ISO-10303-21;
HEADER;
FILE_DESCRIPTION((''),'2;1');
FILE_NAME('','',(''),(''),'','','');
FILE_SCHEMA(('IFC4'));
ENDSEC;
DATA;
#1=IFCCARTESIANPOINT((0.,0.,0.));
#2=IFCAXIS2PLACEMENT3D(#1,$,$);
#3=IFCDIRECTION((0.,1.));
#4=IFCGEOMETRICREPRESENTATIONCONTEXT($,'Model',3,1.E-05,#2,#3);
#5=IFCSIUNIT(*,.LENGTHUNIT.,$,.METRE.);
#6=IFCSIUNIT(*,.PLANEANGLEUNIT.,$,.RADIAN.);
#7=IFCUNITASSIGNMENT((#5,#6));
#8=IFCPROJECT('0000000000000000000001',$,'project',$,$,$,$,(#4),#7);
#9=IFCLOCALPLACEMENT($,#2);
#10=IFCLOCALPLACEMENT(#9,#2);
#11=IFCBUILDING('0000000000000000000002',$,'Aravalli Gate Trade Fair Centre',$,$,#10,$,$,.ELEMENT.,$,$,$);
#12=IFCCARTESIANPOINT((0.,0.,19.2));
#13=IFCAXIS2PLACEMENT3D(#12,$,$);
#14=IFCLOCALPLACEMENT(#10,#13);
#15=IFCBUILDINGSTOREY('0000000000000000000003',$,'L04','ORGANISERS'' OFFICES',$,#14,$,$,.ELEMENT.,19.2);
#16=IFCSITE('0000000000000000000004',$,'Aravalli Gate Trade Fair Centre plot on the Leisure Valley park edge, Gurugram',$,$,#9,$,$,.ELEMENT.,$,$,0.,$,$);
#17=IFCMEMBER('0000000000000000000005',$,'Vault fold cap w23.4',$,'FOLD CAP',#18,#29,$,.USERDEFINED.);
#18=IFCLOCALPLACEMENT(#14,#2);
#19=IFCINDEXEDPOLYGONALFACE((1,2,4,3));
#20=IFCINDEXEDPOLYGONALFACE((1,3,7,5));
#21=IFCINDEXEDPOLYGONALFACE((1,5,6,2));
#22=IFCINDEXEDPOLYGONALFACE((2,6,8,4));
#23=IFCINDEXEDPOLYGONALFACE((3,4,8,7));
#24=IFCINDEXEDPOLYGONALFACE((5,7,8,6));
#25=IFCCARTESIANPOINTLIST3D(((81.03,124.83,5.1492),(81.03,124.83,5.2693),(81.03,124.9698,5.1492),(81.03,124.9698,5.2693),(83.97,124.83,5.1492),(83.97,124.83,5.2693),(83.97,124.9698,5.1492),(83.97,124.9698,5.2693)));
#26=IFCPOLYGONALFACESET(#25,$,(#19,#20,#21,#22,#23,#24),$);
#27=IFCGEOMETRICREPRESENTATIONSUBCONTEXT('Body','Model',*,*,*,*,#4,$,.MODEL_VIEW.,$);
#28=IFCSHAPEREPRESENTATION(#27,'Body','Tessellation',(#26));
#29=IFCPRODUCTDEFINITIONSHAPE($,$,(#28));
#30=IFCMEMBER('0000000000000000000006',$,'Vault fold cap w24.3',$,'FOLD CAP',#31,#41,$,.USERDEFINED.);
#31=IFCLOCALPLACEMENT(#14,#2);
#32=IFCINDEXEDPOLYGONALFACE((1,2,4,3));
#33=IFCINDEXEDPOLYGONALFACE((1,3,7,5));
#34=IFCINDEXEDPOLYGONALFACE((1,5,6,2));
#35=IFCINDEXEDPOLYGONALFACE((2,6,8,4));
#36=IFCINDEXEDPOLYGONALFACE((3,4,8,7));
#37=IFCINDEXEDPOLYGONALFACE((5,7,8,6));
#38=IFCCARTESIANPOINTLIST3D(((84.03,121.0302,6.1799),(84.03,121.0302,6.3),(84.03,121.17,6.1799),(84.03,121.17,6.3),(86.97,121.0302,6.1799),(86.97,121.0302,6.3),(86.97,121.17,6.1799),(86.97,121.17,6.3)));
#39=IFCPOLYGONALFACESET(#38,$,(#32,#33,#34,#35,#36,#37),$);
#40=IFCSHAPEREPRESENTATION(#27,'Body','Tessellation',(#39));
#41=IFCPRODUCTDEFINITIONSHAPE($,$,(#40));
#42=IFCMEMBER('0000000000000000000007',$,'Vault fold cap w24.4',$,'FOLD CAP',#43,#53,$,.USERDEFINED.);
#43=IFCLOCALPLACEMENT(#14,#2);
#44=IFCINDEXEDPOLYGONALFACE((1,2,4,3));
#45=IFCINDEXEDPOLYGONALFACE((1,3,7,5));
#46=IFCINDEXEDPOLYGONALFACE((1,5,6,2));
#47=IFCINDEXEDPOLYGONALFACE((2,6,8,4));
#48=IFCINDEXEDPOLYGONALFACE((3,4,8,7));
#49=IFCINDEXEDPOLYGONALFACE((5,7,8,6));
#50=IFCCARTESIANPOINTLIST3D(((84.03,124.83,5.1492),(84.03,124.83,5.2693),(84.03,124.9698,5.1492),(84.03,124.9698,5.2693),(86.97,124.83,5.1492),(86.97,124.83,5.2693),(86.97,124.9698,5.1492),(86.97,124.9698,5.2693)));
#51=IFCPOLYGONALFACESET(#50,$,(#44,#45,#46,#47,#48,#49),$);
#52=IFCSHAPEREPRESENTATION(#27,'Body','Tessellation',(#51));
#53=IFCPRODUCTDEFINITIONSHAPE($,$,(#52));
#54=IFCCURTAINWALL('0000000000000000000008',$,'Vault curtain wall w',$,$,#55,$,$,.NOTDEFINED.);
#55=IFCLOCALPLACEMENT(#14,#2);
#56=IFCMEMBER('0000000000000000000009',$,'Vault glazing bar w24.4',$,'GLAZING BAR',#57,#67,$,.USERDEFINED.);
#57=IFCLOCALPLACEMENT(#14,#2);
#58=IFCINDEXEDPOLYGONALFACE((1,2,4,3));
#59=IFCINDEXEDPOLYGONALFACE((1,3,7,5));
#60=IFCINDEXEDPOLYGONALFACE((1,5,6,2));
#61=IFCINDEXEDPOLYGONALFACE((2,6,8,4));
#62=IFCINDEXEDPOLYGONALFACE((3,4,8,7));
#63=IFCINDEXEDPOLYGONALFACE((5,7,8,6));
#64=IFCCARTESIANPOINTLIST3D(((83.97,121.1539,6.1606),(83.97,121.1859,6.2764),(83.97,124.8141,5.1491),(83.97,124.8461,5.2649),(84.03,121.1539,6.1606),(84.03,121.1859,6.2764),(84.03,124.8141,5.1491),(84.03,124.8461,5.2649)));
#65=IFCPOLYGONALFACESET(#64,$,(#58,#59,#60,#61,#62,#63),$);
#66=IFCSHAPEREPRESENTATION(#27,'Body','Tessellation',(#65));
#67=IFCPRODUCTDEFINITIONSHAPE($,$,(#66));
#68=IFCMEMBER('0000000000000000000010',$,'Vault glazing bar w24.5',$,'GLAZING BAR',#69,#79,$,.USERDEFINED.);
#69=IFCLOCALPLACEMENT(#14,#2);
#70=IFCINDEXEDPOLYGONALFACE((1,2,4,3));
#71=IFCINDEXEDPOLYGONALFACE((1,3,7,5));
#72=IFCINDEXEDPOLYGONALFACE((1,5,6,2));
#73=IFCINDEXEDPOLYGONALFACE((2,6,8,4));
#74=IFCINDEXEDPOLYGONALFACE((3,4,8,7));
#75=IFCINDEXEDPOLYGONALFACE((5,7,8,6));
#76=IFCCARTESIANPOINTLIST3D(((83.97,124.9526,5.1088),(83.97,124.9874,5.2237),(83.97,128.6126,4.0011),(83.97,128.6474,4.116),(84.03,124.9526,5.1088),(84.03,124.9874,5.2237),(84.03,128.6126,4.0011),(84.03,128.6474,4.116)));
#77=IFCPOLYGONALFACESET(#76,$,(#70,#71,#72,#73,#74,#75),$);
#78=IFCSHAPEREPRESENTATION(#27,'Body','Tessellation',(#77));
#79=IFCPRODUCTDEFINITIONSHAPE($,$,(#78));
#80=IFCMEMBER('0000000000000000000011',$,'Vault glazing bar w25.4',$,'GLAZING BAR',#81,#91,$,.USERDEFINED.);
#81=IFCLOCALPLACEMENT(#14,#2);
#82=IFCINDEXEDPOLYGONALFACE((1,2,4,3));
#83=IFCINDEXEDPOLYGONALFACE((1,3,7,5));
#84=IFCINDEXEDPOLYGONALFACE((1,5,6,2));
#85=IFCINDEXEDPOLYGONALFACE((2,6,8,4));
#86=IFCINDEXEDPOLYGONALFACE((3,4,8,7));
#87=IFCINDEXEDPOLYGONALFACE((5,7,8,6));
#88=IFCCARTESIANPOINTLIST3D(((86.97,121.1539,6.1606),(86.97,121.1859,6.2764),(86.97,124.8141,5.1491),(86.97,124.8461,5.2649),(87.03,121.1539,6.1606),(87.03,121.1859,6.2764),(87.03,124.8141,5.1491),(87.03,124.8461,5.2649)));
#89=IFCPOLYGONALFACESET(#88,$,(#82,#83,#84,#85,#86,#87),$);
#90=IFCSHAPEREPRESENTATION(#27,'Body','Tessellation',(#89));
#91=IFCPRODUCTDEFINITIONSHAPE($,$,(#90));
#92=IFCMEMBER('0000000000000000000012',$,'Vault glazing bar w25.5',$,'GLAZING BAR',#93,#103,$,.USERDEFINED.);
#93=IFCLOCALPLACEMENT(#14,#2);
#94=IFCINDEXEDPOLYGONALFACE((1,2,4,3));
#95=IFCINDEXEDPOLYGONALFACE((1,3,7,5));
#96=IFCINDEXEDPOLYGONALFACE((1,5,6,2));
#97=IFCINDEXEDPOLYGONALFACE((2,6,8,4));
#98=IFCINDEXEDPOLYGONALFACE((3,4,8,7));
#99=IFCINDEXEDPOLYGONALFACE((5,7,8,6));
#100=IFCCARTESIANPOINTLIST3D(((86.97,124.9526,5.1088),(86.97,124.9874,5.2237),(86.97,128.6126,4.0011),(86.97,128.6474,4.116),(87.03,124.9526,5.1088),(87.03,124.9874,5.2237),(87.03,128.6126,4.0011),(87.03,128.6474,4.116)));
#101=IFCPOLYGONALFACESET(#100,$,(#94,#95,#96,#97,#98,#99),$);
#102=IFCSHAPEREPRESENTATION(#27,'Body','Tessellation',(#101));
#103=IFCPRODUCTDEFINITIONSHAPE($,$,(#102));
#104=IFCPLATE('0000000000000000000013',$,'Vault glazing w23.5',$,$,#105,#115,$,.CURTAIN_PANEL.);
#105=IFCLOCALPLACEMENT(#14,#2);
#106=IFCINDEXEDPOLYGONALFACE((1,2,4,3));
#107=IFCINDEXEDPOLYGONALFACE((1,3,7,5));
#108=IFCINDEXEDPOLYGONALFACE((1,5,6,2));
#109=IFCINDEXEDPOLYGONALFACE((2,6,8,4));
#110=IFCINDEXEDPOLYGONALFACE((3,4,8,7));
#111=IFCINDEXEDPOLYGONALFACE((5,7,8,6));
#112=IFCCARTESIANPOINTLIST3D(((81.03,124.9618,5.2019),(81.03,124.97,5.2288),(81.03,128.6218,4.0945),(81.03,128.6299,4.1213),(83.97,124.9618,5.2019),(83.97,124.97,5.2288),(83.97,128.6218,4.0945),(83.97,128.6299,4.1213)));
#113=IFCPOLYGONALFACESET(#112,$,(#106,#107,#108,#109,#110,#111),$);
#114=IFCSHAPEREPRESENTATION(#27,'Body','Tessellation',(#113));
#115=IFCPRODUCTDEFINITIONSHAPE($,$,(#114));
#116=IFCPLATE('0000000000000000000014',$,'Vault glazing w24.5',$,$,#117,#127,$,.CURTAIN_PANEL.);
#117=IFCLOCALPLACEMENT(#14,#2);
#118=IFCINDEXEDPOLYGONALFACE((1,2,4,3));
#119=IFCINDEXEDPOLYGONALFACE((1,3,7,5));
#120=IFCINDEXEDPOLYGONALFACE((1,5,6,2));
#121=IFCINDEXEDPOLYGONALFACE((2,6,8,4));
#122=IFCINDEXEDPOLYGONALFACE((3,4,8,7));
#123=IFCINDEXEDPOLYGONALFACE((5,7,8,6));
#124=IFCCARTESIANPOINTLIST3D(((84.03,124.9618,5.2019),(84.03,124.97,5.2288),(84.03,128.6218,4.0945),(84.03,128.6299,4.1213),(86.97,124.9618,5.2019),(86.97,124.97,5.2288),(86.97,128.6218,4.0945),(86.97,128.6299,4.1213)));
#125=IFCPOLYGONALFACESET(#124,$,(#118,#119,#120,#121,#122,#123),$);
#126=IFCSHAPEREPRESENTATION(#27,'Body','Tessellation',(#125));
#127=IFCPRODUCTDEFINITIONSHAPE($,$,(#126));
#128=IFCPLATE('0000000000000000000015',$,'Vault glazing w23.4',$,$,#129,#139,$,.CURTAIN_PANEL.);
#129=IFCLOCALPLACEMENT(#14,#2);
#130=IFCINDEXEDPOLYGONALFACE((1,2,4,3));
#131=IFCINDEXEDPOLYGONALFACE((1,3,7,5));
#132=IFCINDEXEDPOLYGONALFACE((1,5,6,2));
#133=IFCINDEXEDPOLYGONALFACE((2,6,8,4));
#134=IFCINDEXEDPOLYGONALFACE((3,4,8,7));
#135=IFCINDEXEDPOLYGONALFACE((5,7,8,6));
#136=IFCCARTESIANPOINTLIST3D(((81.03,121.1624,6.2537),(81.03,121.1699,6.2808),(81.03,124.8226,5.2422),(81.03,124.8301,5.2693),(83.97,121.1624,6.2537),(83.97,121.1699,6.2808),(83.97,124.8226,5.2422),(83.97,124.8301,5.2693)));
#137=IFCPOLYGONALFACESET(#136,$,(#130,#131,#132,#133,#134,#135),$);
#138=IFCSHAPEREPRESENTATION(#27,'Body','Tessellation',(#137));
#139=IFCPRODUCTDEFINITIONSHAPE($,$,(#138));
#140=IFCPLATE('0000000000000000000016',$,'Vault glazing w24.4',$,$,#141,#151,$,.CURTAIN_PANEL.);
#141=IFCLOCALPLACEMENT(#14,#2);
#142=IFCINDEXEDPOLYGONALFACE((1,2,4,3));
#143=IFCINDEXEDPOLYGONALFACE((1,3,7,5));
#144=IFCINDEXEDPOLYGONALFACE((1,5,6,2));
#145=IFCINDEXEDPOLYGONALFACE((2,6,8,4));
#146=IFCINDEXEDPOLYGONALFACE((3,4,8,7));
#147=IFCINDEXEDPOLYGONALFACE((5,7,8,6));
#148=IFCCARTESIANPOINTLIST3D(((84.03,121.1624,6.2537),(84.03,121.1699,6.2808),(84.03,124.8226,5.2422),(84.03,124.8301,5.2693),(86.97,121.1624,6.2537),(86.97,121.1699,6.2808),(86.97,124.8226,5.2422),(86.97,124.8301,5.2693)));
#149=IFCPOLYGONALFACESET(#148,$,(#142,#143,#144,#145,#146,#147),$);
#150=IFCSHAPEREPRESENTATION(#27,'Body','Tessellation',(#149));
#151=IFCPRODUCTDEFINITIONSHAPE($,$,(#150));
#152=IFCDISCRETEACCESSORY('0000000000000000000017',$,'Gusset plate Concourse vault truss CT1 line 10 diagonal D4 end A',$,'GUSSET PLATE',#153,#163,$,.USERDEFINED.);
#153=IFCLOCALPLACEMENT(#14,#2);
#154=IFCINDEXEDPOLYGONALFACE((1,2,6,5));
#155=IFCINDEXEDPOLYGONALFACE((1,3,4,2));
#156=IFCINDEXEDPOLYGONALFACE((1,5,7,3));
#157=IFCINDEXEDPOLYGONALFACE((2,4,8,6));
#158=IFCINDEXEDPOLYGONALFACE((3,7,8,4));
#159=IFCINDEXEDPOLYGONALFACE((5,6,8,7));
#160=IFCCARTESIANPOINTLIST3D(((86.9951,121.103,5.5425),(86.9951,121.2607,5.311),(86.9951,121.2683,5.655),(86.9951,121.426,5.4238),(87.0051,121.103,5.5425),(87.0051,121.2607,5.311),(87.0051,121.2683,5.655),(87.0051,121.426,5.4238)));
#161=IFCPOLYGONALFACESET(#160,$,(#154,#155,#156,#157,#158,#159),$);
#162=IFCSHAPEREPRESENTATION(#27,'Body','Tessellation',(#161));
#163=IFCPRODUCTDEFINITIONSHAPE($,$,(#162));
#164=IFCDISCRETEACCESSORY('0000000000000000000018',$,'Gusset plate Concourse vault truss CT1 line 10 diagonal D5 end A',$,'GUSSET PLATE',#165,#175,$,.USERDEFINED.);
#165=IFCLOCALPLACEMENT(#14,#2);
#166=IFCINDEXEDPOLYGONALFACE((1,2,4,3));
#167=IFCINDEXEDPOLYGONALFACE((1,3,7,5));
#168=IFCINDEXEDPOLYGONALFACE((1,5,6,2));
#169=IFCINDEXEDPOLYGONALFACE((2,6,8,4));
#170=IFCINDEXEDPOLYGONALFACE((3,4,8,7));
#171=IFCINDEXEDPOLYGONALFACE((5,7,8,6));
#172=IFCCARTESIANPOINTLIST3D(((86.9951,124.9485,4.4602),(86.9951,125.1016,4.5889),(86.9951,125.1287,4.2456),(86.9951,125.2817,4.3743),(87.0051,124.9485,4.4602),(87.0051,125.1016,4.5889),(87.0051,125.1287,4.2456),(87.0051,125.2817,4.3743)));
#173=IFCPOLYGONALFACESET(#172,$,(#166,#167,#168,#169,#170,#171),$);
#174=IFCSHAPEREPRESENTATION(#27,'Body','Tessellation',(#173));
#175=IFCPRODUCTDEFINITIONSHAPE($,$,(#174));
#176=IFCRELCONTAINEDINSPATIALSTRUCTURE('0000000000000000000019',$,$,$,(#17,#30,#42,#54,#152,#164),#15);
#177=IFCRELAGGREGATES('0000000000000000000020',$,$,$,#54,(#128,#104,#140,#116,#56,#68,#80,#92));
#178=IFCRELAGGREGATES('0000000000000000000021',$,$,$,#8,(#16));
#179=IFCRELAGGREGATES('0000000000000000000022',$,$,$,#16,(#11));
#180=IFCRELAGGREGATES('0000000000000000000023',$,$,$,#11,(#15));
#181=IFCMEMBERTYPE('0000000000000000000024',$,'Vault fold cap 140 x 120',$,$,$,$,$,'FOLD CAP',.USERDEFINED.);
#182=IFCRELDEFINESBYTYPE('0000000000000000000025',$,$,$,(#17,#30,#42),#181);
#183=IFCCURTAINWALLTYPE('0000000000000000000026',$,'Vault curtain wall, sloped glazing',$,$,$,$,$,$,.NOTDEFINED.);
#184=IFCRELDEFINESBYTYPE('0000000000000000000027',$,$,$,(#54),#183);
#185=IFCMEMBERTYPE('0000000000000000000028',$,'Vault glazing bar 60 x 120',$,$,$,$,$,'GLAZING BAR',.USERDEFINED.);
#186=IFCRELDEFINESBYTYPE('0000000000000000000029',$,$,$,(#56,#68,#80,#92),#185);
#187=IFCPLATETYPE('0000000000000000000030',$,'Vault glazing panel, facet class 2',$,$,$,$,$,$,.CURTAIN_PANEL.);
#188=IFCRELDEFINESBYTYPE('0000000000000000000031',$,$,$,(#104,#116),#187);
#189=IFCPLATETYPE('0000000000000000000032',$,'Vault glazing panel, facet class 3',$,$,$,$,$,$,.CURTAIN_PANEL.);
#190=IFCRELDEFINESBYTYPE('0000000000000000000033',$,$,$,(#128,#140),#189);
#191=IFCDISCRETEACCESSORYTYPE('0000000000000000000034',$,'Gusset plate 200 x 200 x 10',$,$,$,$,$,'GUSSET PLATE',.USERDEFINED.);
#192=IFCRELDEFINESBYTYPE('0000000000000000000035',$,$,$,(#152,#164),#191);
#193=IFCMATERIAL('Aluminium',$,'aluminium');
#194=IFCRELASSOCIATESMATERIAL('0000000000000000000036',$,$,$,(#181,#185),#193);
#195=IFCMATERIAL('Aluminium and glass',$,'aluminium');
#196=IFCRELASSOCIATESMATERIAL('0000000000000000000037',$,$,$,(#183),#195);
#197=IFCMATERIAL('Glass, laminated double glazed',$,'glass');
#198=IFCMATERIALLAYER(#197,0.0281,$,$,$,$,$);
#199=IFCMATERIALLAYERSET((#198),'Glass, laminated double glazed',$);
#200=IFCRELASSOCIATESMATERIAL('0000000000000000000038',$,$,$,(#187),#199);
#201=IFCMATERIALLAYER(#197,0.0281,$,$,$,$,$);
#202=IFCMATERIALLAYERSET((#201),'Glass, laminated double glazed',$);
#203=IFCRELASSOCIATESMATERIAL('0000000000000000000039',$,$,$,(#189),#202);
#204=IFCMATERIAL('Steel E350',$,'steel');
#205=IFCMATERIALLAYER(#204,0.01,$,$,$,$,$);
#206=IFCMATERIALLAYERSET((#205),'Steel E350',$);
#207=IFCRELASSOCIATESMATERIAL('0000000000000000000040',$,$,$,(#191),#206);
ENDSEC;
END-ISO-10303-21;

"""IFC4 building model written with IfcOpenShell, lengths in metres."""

from ifc_helpers import new_model, si_unit, direction, frame, origin, origin_2d, place, context, subcontext, project, spatial, polyline, rectangle, outline, extrude, material, layer, layer_set, material_profile, profile_set, type_object, element, aggregate, save


model = new_model("IFC4")

# Units and contexts
model_context = context("Model", 3, precision=1e-05, world=origin(), true_north=direction((0.0, 1.0)))
body_context = subcontext(model_context, "Body", "Model", "MODEL_VIEW")
ifc_project = project(units=[si_unit("LENGTHUNIT", "METRE"), si_unit("PLANEANGLEUNIT", "RADIAN")], contexts=[model_context])

# Site, building, storey
site_placement = place(None, origin())
site = spatial("IfcSite", under=ifc_project, at=site_placement, Name="Aravalli Gate Trade Fair Centre plot on the Leisure Valley park edge, Gurugram", CompositionType="ELEMENT", RefElevation=0.0)
building_placement = place(site_placement, origin())
building = spatial("IfcBuilding", under=site, at=building_placement, Name="Aravalli Gate Trade Fair Centre", CompositionType="ELEMENT")
storey_placement = place(building_placement, frame((0.0, 0.0, 19.2)))
storey = spatial("IfcBuildingStorey", under=building, at=storey_placement, Name="L04", Description="ORGANISERS' OFFICES", CompositionType="ELEMENT", Elevation=19.2)

# Members
ifc_material_1 = material(Name="Steel E350", Category="steel")
ifc_material_2 = material(Name="Aluminium", Category="aluminium")
ifc_material_profile_1 = material_profile(ifc_material_2, rectangle(XDim=0.1399, YDim=0.1201, at=origin_2d()), Name="Vault fold cap 140 x 120")
ifc_profile_set_1 = profile_set([ifc_material_profile_1], Name="Aluminium")
member_type_1 = type_object("IfcMemberType", Name="Vault fold cap 140 x 120", ElementType="FOLD CAP", PredefinedType="USERDEFINED", material=ifc_profile_set_1)
for number, where, z_axis, x_axis, name in (
    (1, (81.03, 124.8999, 5.2092), (1.0, 0.0, 0.0), (0.0, 1.0, 0.0), "Vault fold cap w23.4"),
    (2, (84.03, 121.1001, 6.24), (1.0, 0.0, 0.0), (0.0, 1.0, 0.0), "Vault fold cap w24.3"),
    (3, (84.03, 124.8999, 5.2092), (1.0, 0.0, 0.0), (0.0, 1.0, 0.0), "Vault fold cap w24.4"),
):
    element("IfcMember", number, at=place(storey_placement, frame(where, z_axis=z_axis, x_axis=x_axis)), inside=storey, type_object=member_type_1, Name=name, ObjectType="FOLD CAP", PredefinedType="USERDEFINED", context=body_context, shape_type="SweptSolid", body=[
        extrude(rectangle(XDim=0.1399, YDim=0.1201, at=origin_2d()), origin(), (0.0, 0.0, 1.0), 2.9399),
    ])

# Curtain wall, members, plates
ifc_material_3 = material(Name="Aluminium and glass", Category="aluminium")
curtain_wall_type = type_object("IfcCurtainWallType", Name="Vault curtain wall, sloped glazing", PredefinedType="NOTDEFINED", material=ifc_material_3)
curtain_wall_placement = place(storey_placement, origin())
curtain_wall = element("IfcCurtainWall", 4, at=curtain_wall_placement, inside=storey, type_object=curtain_wall_type, Name="Vault curtain wall w", PredefinedType="NOTDEFINED")
ifc_material_profile_2 = material_profile(ifc_material_2, rectangle(XDim=0.0601, YDim=0.1201, at=origin_2d()), Name="Vault glazing bar 60 x 120")
ifc_profile_set_2 = profile_set([ifc_material_profile_2], Name="Aluminium")
member_type_2 = type_object("IfcMemberType", Name="Vault glazing bar 60 x 120", ElementType="GLAZING BAR", PredefinedType="USERDEFINED", material=ifc_profile_set_2)
member_1_placement = place(storey_placement, frame((84.0, 121.1699, 6.2185), z_axis=(0.0, 0.963873, -0.266364), x_axis=(-1.0, 0.0, 0.0)))
member_1 = element("IfcMember", 5, at=member_1_placement, type_object=member_type_2, Name="Vault glazing bar w24.4", ObjectType="GLAZING BAR", PredefinedType="USERDEFINED", context=body_context, shape_type="SweptSolid", body=[
    extrude(rectangle(XDim=0.0601, YDim=0.1201, at=origin_2d()), origin(), (0.0, 0.0, 1.0), 3.7974),
])
member_2_placement = place(storey_placement, frame((84.0, 124.97, 5.1663), z_axis=(0.0, 0.957126, -0.289672), x_axis=(-1.0, 0.0, 0.0)))
member_2 = element("IfcMember", 6, at=member_2_placement, type_object=member_type_2, Name="Vault glazing bar w24.5", ObjectType="GLAZING BAR", PredefinedType="USERDEFINED", context=body_context, shape_type="SweptSolid", body=[
    extrude(rectangle(XDim=0.0601, YDim=0.1201, at=origin_2d()), origin(), (0.0, 0.0, 1.0), 3.824),
])
member_3_placement = place(storey_placement, frame((87.0, 121.1699, 6.2185), z_axis=(0.0, 0.963873, -0.266364), x_axis=(-1.0, 0.0, 0.0)))
member_3 = element("IfcMember", 7, at=member_3_placement, type_object=member_type_2, Name="Vault glazing bar w25.4", ObjectType="GLAZING BAR", PredefinedType="USERDEFINED", context=body_context, shape_type="SweptSolid", body=[
    extrude(rectangle(XDim=0.0601, YDim=0.1201, at=origin_2d()), origin(), (0.0, 0.0, 1.0), 3.7974),
])
member_4_placement = place(storey_placement, frame((87.0, 124.97, 5.1663), z_axis=(0.0, 0.957126, -0.289672), x_axis=(-1.0, 0.0, 0.0)))
member_4 = element("IfcMember", 8, at=member_4_placement, type_object=member_type_2, Name="Vault glazing bar w25.5", ObjectType="GLAZING BAR", PredefinedType="USERDEFINED", context=body_context, shape_type="SweptSolid", body=[
    extrude(rectangle(XDim=0.0601, YDim=0.1201, at=origin_2d()), origin(), (0.0, 0.0, 1.0), 3.824),
])
ifc_material_4 = material(Name="Glass, laminated double glazed", Category="glass")
ifc_layer_1 = layer(ifc_material_4, 0.0281)
ifc_layer_set_1 = layer_set([ifc_layer_1], Name="Glass, laminated double glazed")
plate_type_1 = type_object("IfcPlateType", Name="Vault glazing panel, facet class 2", PredefinedType="CURTAIN_PANEL", material=ifc_layer_set_1)
plate_1_placement = place(storey_placement, frame((81.03, 124.97, 5.2288), z_axis=(0.0, 0.289614, 0.957144), x_axis=(1.0, 0.0, 0.0)))
plate_1 = element("IfcPlate", 9, at=plate_1_placement, type_object=plate_type_1, Name="Vault glazing w23.5", PredefinedType="CURTAIN_PANEL", context=body_context, shape_type="SweptSolid", body=[
    extrude(outline(polyline([(0.0, 0.0), (2.9399, 0.0), (2.9399, 3.8238), (0.0, 3.8238), (0.0, 0.0)])), origin(), (0.0, 0.0, -1.0), 0.0281),
])
plate_2_placement = place(storey_placement, frame((84.03, 124.97, 5.2288), z_axis=(0.0, 0.289614, 0.957144), x_axis=(1.0, 0.0, 0.0)))
plate_2 = element("IfcPlate", 10, at=plate_2_placement, type_object=plate_type_1, Name="Vault glazing w24.5", PredefinedType="CURTAIN_PANEL", context=body_context, shape_type="SweptSolid", body=[
    extrude(outline(polyline([(0.0, 0.0), (2.9399, 0.0), (2.9399, 3.8238), (0.0, 3.8238), (0.0, 0.0)])), origin(), (0.0, 0.0, -1.0), 0.0281),
])
ifc_layer_2 = layer(ifc_material_4, 0.0281)
ifc_layer_set_2 = layer_set([ifc_layer_2], Name="Glass, laminated double glazed")
plate_type_2 = type_object("IfcPlateType", Name="Vault glazing panel, facet class 3", PredefinedType="CURTAIN_PANEL", material=ifc_layer_set_2)
plate_3_placement = place(storey_placement, frame((81.03, 121.1699, 6.2808), z_axis=(0.0, 0.266364, 0.963873), x_axis=(1.0, 0.0, 0.0)))
plate_3 = element("IfcPlate", 11, at=plate_3_placement, type_object=plate_type_2, Name="Vault glazing w23.4", PredefinedType="CURTAIN_PANEL", context=body_context, shape_type="SweptSolid", body=[
    extrude(outline(polyline([(0.0, 0.0), (2.9399, 0.0), (2.9399, 3.7973), (0.0, 3.7973), (0.0, 0.0)])), origin(), (0.0, 0.0, -1.0), 0.0281),
])
plate_4_placement = place(storey_placement, frame((84.03, 121.1699, 6.2808), z_axis=(0.0, 0.266364, 0.963873), x_axis=(1.0, 0.0, 0.0)))
plate_4 = element("IfcPlate", 12, at=plate_4_placement, type_object=plate_type_2, Name="Vault glazing w24.4", PredefinedType="CURTAIN_PANEL", context=body_context, shape_type="SweptSolid", body=[
    extrude(outline(polyline([(0.0, 0.0), (2.9399, 0.0), (2.9399, 3.7973), (0.0, 3.7973), (0.0, 0.0)])), origin(), (0.0, 0.0, -1.0), 0.0281),
])
aggregate(curtain_wall, [plate_3, plate_1, plate_4, plate_2, member_1, member_2, member_3, member_4])

# Discrete accessories
ifc_layer_3 = layer(ifc_material_1, 0.01)
ifc_layer_set_3 = layer_set([ifc_layer_3], Name="Steel E350")
discrete_accessory_type = type_object("IfcDiscreteAccessoryType", Name="Gusset plate 200 x 200 x 10", ElementType="GUSSET PLATE", PredefinedType="USERDEFINED", material=ifc_layer_set_3)
discrete_accessory_1_placement = place(storey_placement, frame((86.9951, 121.2607, 5.311), z_axis=(-1.0, 0.0, 0.0), x_axis=(0.0, -0.56312, 0.826375)))
element("IfcDiscreteAccessory", 13, at=discrete_accessory_1_placement, inside=storey, type_object=discrete_accessory_type, Name="Gusset plate Concourse vault truss CT1 line 10 diagonal D4 end A", ObjectType="GUSSET PLATE", PredefinedType="USERDEFINED", context=body_context, shape_type="SweptSolid", body=[
    extrude(outline(polyline([(0.0, 0.0), (0.2801, 0.0), (0.28, 0.2), (0.0001, 0.2001), (0.0, 0.0)])), origin(), (0.0, 0.0, -1.0), 0.01),
])
discrete_accessory_2_placement = place(storey_placement, frame((86.9951, 125.1287, 4.2456), z_axis=(-1.0, 0.0, 0.0), x_axis=(0.0, -0.643008, 0.765859)))
element("IfcDiscreteAccessory", 14, at=discrete_accessory_2_placement, inside=storey, type_object=discrete_accessory_type, Name="Gusset plate Concourse vault truss CT1 line 10 diagonal D5 end A", ObjectType="GUSSET PLATE", PredefinedType="USERDEFINED", context=body_context, shape_type="SweptSolid", body=[
    extrude(outline(polyline([(0.0, 0.0), (0.2802, 0.0), (0.2803, 0.2), (0.0001, 0.2), (0.0, 0.0)])), origin(), (0.0, 0.0, -1.0), 0.01),
])

save(model, "model.ifc")
